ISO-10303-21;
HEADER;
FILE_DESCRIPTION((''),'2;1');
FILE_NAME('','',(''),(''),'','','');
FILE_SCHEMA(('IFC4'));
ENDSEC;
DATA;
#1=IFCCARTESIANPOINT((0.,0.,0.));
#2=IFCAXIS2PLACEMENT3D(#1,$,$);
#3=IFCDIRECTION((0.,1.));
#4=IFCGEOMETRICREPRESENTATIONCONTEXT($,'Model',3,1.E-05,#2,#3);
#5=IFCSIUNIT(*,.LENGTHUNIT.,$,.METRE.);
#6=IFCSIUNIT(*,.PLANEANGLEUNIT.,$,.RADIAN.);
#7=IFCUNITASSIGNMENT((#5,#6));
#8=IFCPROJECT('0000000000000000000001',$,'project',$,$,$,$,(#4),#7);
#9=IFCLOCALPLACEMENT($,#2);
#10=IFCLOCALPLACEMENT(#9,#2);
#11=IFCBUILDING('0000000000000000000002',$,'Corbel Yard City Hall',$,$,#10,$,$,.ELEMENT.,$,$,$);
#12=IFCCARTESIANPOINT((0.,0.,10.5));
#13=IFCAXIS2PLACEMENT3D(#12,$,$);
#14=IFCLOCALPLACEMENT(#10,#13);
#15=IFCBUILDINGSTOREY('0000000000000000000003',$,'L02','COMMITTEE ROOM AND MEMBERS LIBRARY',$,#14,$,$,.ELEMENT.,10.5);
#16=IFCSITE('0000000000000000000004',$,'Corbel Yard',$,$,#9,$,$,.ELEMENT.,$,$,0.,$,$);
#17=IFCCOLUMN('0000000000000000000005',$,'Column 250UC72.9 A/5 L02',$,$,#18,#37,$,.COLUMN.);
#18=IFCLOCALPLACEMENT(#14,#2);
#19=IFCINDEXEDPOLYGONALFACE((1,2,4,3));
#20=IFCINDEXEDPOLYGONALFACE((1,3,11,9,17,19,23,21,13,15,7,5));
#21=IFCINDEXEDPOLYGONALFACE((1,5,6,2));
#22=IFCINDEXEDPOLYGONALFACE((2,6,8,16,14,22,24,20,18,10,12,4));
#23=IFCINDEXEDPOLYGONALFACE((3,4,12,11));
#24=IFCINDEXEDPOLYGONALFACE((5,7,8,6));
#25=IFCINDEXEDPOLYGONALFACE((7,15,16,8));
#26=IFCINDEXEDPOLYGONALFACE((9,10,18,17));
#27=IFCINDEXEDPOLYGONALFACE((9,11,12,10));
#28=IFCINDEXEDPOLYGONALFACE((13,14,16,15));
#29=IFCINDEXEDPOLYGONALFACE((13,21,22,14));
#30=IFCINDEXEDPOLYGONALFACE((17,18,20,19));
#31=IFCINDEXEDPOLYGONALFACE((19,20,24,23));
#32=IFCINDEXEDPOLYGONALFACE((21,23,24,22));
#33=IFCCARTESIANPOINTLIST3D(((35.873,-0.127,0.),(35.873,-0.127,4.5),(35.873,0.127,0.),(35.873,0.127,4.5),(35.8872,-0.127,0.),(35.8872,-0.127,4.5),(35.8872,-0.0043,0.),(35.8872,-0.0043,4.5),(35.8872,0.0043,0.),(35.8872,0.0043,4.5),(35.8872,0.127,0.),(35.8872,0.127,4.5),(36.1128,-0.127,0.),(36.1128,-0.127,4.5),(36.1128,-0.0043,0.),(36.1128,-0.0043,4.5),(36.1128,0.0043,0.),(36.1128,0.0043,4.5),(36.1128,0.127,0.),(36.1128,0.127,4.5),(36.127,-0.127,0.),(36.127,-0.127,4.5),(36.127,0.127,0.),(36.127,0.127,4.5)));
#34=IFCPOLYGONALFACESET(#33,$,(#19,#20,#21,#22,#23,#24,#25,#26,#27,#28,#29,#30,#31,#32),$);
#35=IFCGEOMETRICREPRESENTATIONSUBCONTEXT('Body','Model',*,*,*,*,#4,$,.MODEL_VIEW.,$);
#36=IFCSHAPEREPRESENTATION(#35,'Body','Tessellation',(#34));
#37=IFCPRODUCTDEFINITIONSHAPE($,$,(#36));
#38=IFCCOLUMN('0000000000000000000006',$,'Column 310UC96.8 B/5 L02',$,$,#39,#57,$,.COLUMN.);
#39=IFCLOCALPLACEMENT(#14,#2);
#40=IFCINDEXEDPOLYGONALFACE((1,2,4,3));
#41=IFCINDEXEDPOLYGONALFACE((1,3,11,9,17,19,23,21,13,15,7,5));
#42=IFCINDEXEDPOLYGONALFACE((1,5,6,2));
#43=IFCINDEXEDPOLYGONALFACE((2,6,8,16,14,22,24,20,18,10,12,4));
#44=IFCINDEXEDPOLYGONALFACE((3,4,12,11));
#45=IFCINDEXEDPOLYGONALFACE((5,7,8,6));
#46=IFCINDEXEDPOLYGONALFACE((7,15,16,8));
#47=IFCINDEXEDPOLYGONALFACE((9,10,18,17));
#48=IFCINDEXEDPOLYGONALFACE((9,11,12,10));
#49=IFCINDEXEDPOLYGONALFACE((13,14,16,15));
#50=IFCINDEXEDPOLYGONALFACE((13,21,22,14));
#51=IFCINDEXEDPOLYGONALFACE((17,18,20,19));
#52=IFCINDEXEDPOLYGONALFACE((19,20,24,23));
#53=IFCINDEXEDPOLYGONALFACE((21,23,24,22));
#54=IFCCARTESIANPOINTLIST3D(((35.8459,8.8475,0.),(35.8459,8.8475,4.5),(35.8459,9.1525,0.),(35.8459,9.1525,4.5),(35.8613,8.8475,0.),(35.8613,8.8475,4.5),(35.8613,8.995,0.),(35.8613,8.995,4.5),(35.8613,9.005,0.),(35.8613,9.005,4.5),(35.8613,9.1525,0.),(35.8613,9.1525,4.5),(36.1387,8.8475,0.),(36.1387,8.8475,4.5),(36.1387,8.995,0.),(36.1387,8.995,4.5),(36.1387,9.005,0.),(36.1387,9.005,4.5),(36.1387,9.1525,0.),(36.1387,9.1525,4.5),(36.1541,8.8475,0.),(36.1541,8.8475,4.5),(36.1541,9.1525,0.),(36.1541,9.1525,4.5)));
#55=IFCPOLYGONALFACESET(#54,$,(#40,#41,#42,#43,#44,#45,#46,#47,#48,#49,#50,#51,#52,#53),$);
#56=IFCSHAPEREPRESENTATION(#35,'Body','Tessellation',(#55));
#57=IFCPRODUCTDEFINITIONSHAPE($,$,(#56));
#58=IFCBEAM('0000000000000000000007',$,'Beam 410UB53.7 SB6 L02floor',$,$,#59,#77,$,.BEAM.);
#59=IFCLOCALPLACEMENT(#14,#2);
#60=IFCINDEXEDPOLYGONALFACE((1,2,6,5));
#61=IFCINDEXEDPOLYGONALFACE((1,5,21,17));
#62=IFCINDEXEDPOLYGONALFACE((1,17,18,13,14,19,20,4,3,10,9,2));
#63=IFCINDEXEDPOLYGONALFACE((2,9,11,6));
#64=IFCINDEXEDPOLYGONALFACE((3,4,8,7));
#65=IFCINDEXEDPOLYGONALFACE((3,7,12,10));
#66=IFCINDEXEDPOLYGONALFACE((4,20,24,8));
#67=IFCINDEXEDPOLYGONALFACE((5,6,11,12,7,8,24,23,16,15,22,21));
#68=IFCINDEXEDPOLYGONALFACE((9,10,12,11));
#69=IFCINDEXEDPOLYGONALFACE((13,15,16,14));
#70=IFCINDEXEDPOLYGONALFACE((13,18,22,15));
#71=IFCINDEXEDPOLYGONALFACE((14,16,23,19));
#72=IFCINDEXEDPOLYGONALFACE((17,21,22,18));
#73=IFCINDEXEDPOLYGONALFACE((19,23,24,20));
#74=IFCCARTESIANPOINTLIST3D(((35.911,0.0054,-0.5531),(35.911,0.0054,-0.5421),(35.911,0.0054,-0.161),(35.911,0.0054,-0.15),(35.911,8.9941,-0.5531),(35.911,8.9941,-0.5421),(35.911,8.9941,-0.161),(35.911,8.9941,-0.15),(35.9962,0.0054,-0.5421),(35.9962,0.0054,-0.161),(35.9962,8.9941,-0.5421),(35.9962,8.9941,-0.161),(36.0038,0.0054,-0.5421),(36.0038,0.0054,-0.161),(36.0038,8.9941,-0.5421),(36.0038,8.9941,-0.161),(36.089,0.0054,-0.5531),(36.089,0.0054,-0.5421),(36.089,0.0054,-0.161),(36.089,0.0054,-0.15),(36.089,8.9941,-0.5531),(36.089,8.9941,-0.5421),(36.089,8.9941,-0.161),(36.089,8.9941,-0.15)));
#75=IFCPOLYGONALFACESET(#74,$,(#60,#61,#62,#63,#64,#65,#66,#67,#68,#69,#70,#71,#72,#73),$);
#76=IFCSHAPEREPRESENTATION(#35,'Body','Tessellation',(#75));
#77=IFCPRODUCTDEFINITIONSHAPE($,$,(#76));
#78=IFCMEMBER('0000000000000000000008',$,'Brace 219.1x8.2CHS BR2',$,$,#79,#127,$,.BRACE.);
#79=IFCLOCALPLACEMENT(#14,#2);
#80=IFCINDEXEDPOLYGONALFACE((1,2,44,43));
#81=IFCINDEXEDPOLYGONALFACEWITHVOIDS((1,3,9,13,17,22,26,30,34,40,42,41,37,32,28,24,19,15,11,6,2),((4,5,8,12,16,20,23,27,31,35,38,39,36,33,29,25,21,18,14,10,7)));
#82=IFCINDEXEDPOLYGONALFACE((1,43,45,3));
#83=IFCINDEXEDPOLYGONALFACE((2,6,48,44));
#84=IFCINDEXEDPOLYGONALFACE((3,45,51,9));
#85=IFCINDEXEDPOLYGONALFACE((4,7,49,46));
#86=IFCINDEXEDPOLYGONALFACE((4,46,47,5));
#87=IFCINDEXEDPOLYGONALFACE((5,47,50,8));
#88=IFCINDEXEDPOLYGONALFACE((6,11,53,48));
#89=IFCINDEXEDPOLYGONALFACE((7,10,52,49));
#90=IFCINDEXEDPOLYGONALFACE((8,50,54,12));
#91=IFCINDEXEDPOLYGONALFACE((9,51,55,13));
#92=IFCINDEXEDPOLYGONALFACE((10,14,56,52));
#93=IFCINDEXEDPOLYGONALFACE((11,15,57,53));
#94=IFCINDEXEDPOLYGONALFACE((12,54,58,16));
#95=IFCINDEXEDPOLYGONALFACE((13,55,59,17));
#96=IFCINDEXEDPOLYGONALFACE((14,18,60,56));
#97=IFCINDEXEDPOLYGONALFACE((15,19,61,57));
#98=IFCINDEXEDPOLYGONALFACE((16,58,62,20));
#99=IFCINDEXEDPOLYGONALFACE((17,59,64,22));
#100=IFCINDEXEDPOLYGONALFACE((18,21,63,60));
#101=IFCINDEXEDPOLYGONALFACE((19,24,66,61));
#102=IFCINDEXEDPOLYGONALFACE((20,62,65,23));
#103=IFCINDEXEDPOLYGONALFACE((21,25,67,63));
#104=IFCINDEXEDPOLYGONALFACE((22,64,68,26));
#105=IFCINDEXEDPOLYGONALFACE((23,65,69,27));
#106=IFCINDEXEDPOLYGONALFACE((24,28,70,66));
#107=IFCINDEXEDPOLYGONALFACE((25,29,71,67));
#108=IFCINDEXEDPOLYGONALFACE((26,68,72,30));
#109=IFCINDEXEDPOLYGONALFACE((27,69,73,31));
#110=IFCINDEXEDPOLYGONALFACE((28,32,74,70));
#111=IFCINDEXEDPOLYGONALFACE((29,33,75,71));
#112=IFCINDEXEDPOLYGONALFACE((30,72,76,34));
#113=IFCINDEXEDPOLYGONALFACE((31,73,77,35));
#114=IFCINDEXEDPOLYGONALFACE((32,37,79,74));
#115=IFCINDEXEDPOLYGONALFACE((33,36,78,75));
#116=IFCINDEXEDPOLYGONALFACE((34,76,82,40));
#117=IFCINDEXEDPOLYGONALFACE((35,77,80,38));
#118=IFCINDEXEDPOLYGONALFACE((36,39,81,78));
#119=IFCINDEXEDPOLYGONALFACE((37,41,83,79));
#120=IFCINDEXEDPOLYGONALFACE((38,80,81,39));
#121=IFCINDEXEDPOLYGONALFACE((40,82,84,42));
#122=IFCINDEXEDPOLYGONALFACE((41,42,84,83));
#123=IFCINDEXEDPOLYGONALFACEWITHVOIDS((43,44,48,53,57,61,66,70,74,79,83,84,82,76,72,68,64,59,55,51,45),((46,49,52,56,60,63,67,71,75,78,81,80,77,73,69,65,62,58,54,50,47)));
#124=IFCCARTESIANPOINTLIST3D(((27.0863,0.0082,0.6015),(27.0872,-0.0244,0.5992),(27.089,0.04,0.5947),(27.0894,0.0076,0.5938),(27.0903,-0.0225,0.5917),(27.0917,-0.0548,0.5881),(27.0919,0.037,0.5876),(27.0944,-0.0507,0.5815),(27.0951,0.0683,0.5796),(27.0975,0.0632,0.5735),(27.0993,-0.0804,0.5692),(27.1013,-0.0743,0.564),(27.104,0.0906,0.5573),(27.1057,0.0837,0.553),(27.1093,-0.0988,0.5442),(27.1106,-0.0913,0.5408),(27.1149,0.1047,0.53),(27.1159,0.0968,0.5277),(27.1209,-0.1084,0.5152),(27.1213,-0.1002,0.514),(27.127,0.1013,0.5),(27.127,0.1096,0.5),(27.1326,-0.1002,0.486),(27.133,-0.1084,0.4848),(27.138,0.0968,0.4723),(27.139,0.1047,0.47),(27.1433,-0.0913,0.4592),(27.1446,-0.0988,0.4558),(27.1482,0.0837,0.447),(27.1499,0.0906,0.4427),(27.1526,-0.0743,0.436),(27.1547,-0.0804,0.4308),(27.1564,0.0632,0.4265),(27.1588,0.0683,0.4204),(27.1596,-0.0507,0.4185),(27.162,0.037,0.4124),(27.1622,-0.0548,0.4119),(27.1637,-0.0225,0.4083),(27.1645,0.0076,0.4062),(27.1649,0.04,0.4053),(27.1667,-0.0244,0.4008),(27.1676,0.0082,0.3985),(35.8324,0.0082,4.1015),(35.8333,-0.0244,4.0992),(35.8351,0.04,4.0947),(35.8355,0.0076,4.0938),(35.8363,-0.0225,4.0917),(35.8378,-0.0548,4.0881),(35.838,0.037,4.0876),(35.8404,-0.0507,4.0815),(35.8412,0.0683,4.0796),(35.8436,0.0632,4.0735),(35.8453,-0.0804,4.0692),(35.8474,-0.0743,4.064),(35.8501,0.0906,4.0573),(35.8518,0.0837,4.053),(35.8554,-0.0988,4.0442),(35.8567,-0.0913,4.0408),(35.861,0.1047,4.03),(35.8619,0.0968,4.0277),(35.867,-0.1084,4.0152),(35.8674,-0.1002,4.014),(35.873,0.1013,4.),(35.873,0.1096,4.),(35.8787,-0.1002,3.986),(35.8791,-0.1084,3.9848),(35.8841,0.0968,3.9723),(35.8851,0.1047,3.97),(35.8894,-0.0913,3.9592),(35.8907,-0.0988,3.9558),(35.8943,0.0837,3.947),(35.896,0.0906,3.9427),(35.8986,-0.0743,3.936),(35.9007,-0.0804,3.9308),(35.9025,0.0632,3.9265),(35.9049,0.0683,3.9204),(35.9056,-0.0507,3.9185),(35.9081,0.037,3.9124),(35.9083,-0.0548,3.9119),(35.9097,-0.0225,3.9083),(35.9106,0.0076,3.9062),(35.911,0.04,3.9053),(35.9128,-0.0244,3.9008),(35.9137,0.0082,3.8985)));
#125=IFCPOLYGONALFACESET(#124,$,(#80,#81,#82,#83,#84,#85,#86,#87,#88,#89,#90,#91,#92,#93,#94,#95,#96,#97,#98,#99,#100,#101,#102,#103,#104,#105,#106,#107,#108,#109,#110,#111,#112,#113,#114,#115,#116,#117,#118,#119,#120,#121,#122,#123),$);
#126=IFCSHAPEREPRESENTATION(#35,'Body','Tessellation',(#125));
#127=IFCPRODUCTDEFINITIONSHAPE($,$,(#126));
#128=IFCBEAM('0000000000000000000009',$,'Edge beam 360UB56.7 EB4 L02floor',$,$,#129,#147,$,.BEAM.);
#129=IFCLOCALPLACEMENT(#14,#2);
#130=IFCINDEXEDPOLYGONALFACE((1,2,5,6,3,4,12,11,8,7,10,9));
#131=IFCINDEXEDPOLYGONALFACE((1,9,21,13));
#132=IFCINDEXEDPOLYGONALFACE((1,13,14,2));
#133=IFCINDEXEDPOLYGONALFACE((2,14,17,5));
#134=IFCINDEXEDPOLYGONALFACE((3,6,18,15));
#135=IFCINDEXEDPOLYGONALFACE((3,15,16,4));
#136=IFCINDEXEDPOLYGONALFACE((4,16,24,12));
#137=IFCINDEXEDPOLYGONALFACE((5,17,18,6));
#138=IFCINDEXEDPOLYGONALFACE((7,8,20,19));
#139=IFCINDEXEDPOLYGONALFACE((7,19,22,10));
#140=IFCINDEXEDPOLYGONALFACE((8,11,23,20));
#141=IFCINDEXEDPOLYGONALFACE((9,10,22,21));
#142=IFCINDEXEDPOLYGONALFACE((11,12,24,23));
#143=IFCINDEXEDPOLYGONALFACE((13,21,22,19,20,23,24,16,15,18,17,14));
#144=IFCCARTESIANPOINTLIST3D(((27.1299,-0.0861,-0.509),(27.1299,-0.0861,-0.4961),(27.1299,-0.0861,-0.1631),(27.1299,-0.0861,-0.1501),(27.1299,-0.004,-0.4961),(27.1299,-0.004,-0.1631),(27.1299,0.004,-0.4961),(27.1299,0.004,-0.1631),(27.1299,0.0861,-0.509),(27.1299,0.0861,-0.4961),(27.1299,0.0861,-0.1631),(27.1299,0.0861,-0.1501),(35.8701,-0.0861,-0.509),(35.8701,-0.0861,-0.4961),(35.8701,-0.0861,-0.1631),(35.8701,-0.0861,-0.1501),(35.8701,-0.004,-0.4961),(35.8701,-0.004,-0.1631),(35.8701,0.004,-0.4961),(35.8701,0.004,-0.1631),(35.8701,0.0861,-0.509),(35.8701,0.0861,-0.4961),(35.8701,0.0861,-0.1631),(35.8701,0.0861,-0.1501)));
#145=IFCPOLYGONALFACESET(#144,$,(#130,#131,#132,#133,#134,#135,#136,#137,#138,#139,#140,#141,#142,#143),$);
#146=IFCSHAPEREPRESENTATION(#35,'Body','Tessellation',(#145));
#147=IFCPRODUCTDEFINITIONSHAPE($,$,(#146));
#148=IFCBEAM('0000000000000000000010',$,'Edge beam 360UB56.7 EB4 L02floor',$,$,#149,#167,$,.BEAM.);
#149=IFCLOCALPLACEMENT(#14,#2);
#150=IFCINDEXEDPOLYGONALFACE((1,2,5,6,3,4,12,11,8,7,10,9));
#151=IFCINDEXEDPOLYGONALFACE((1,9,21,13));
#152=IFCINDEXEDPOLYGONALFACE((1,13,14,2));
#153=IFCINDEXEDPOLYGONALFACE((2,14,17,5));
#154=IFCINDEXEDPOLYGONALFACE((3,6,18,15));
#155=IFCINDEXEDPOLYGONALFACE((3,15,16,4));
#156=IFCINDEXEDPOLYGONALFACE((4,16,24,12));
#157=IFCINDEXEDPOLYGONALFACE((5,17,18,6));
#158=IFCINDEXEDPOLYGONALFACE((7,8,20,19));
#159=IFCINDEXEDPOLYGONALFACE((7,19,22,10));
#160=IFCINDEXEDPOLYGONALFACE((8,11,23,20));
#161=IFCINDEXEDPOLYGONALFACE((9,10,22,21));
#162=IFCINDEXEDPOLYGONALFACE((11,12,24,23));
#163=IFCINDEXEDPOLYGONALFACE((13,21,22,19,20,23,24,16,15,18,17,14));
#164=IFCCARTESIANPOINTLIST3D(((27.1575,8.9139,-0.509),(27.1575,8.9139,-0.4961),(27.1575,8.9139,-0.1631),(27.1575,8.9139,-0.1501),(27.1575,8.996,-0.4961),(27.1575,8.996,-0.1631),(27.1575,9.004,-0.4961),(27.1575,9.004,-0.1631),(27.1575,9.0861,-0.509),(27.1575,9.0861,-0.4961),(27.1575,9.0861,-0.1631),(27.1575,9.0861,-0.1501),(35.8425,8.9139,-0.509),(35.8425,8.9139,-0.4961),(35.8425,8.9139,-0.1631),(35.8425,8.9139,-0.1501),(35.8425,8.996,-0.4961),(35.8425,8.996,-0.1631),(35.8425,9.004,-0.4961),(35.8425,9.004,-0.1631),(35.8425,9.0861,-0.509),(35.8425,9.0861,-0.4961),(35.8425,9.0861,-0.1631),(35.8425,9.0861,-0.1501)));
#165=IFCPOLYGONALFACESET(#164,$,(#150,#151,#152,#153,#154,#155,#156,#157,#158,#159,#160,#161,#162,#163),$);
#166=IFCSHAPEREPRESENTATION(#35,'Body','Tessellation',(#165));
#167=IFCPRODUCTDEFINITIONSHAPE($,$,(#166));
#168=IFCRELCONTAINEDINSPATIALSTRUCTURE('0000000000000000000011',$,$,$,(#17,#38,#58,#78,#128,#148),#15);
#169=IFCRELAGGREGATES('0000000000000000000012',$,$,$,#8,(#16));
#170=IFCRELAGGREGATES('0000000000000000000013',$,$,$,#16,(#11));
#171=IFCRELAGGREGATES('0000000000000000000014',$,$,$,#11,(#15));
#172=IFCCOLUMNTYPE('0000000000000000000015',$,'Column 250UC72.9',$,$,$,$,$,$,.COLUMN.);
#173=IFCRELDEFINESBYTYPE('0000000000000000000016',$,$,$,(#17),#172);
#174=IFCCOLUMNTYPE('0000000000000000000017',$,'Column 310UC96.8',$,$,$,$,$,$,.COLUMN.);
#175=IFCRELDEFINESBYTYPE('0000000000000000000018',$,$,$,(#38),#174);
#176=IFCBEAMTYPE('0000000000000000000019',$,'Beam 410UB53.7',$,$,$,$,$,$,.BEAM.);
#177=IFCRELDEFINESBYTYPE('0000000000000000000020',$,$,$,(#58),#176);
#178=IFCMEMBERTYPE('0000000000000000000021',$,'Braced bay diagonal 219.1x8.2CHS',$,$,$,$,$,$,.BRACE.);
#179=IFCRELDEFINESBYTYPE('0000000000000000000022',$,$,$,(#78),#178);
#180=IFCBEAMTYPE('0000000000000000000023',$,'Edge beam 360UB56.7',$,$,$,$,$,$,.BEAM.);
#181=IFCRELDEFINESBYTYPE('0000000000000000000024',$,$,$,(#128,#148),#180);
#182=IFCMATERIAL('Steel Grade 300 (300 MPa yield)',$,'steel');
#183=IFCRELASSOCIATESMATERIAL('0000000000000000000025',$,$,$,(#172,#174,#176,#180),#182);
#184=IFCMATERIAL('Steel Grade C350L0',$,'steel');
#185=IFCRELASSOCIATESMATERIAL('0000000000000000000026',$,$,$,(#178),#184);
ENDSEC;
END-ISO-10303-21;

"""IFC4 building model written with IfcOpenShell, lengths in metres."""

from ifc_helpers import new_model, si_unit, direction, frame, origin, origin_2d, place, context, subcontext, project, spatial, hollow_circle, i_section, extrude, material, material_profile, profile_set, type_object, element, save


model = new_model("IFC4")

# Units and contexts
model_context = context("Model", 3, precision=1e-05, world=origin(), true_north=direction((0.0, 1.0)))
body_context = subcontext(model_context, "Body", "Model", "MODEL_VIEW")
ifc_project = project(units=[si_unit("LENGTHUNIT", "METRE"), si_unit("PLANEANGLEUNIT", "RADIAN")], contexts=[model_context])

# Site, building, storey
site_placement = place(None, origin())
site = spatial("IfcSite", under=ifc_project, at=site_placement, Name="Corbel Yard", CompositionType="ELEMENT", RefElevation=0.0)
building_placement = place(site_placement, origin())
building = spatial("IfcBuilding", under=site, at=building_placement, Name="Corbel Yard City Hall", CompositionType="ELEMENT")
storey_placement = place(building_placement, frame((0.0, 0.0, 10.5)))
storey = spatial("IfcBuildingStorey", under=building, at=storey_placement, Name="L02", Description="COMMITTEE ROOM AND MEMBERS LIBRARY", CompositionType="ELEMENT", Elevation=10.5)

# Columns
ifc_material_1 = material(Name="Steel Grade 300 (300 MPa yield)", Category="steel")
ifc_material_profile_1 = material_profile(ifc_material_1, i_section(OverallWidth=0.2539, OverallDepth=0.2539, WebThickness=0.0085, FlangeThickness=0.0142, at=origin_2d()), Name="250UC72.9")
ifc_profile_set_1 = profile_set([ifc_material_profile_1], Name="Steel Grade 300 (300 MPa yield)")
column_type_1 = type_object("IfcColumnType", Name="Column 250UC72.9", PredefinedType="COLUMN", material=ifc_profile_set_1)
column_1_placement = place(storey_placement, frame((36.0, 0.0, 0.0), z_axis=(0.0, 0.0, 1.0), x_axis=(0.0, 1.0, 0.0)))
element("IfcColumn", 1, at=column_1_placement, inside=storey, type_object=column_type_1, Name="Column 250UC72.9 A/5 L02", PredefinedType="COLUMN", context=body_context, shape_type="SweptSolid", body=[
    extrude(i_section(OverallWidth=0.2539, OverallDepth=0.2539, WebThickness=0.0085, FlangeThickness=0.0142, at=origin_2d()), origin(), (0.0, 0.0, 1.0), 4.5),
])
ifc_material_profile_2 = material_profile(ifc_material_1, i_section(OverallWidth=0.3049, OverallDepth=0.3081, WebThickness=0.01, FlangeThickness=0.0154, at=origin_2d()), Name="310UC96.8")
ifc_profile_set_2 = profile_set([ifc_material_profile_2], Name="Steel Grade 300 (300 MPa yield)")
column_type_2 = type_object("IfcColumnType", Name="Column 310UC96.8", PredefinedType="COLUMN", material=ifc_profile_set_2)
column_2_placement = place(storey_placement, frame((36.0, 9.0, 0.0), z_axis=(0.0, 0.0, 1.0), x_axis=(0.0, 1.0, 0.0)))
element("IfcColumn", 2, at=column_2_placement, inside=storey, type_object=column_type_2, Name="Column 310UC96.8 B/5 L02", PredefinedType="COLUMN", context=body_context, shape_type="SweptSolid", body=[
    extrude(i_section(OverallWidth=0.3049, OverallDepth=0.3081, WebThickness=0.01, FlangeThickness=0.0154, at=origin_2d()), origin(), (0.0, 0.0, 1.0), 4.5),
])

# Beam
ifc_material_profile_3 = material_profile(ifc_material_1, i_section(OverallWidth=0.178, OverallDepth=0.4031, WebThickness=0.0076, FlangeThickness=0.011, at=origin_2d()), Name="410UB53.7")
ifc_profile_set_3 = profile_set([ifc_material_profile_3], Name="Steel Grade 300 (300 MPa yield)")
beam_type_1 = type_object("IfcBeamType", Name="Beam 410UB53.7", PredefinedType="BEAM", material=ifc_profile_set_3)
beam_1_placement = place(storey_placement, frame((36.0, 0.0054, -0.3516), z_axis=(0.0, 1.0, 0.0), x_axis=(-1.0, 0.0, 0.0)))
element("IfcBeam", 3, at=beam_1_placement, inside=storey, type_object=beam_type_1, Name="Beam 410UB53.7 SB6 L02floor", PredefinedType="BEAM", context=body_context, shape_type="SweptSolid", body=[
    extrude(i_section(OverallWidth=0.178, OverallDepth=0.4031, WebThickness=0.0076, FlangeThickness=0.011, at=origin_2d()), origin(), (0.0, 0.0, 1.0), 8.9888),
])

# Member
ifc_material_2 = material(Name="Steel Grade C350L0", Category="steel")
ifc_material_profile_4 = material_profile(ifc_material_2, hollow_circle(Radius=0.1096, WallThickness=0.0083, at=origin_2d()), Name="219.1x8.2CHS")
ifc_profile_set_4 = profile_set([ifc_material_profile_4], Name="Steel Grade C350L0")
member_type_1 = type_object("IfcMemberType", Name="Braced bay diagonal 219.1x8.2CHS", PredefinedType="BRACE", material=ifc_profile_set_4)
member_1_placement = place(storey_placement, frame((27.127, 0.0, 0.5), z_axis=(0.928419, 0.0, 0.371534), x_axis=(0.0, 1.0, 0.0)))
element("IfcMember", 4, at=member_1_placement, inside=storey, type_object=member_type_1, Name="Brace 219.1x8.2CHS BR2", PredefinedType="BRACE", context=body_context, shape_type="SweptSolid", body=[
    extrude(hollow_circle(Radius=0.1096, WallThickness=0.0083, at=origin_2d()), origin(), (0.0, 0.0, 1.0), 9.4204),
])

# Beams
ifc_material_profile_5 = material_profile(ifc_material_1, i_section(OverallWidth=0.1721, OverallDepth=0.3589, WebThickness=0.0081, FlangeThickness=0.0129, at=origin_2d()), Name="360UB56.7")
ifc_profile_set_5 = profile_set([ifc_material_profile_5], Name="Steel Grade 300 (300 MPa yield)")
beam_type_2 = type_object("IfcBeamType", Name="Edge beam 360UB56.7", PredefinedType="BEAM", material=ifc_profile_set_5)
beam_2_placement = place(storey_placement, frame((27.1299, 0.0, -0.3296), z_axis=(1.0, 0.0, 0.0), x_axis=(0.0, 1.0, 0.0)))
element("IfcBeam", 5, at=beam_2_placement, inside=storey, type_object=beam_type_2, Name="Edge beam 360UB56.7 EB4 L02floor", PredefinedType="BEAM", context=body_context, shape_type="SweptSolid", body=[
    extrude(i_section(OverallWidth=0.1721, OverallDepth=0.3589, WebThickness=0.0081, FlangeThickness=0.0129, at=origin_2d()), origin(), (0.0, 0.0, 1.0), 8.7402),
])
beam_3_placement = place(storey_placement, frame((27.1575, 9.0, -0.3296), z_axis=(1.0, 0.0, 0.0), x_axis=(0.0, 1.0, 0.0)))
element("IfcBeam", 6, at=beam_3_placement, inside=storey, type_object=beam_type_2, Name="Edge beam 360UB56.7 EB4 L02floor", PredefinedType="BEAM", context=body_context, shape_type="SweptSolid", body=[
    extrude(i_section(OverallWidth=0.1721, OverallDepth=0.3589, WebThickness=0.0081, FlangeThickness=0.0129, at=origin_2d()), origin(), (0.0, 0.0, 1.0), 8.6851),
])

save(model, "model.ifc")
